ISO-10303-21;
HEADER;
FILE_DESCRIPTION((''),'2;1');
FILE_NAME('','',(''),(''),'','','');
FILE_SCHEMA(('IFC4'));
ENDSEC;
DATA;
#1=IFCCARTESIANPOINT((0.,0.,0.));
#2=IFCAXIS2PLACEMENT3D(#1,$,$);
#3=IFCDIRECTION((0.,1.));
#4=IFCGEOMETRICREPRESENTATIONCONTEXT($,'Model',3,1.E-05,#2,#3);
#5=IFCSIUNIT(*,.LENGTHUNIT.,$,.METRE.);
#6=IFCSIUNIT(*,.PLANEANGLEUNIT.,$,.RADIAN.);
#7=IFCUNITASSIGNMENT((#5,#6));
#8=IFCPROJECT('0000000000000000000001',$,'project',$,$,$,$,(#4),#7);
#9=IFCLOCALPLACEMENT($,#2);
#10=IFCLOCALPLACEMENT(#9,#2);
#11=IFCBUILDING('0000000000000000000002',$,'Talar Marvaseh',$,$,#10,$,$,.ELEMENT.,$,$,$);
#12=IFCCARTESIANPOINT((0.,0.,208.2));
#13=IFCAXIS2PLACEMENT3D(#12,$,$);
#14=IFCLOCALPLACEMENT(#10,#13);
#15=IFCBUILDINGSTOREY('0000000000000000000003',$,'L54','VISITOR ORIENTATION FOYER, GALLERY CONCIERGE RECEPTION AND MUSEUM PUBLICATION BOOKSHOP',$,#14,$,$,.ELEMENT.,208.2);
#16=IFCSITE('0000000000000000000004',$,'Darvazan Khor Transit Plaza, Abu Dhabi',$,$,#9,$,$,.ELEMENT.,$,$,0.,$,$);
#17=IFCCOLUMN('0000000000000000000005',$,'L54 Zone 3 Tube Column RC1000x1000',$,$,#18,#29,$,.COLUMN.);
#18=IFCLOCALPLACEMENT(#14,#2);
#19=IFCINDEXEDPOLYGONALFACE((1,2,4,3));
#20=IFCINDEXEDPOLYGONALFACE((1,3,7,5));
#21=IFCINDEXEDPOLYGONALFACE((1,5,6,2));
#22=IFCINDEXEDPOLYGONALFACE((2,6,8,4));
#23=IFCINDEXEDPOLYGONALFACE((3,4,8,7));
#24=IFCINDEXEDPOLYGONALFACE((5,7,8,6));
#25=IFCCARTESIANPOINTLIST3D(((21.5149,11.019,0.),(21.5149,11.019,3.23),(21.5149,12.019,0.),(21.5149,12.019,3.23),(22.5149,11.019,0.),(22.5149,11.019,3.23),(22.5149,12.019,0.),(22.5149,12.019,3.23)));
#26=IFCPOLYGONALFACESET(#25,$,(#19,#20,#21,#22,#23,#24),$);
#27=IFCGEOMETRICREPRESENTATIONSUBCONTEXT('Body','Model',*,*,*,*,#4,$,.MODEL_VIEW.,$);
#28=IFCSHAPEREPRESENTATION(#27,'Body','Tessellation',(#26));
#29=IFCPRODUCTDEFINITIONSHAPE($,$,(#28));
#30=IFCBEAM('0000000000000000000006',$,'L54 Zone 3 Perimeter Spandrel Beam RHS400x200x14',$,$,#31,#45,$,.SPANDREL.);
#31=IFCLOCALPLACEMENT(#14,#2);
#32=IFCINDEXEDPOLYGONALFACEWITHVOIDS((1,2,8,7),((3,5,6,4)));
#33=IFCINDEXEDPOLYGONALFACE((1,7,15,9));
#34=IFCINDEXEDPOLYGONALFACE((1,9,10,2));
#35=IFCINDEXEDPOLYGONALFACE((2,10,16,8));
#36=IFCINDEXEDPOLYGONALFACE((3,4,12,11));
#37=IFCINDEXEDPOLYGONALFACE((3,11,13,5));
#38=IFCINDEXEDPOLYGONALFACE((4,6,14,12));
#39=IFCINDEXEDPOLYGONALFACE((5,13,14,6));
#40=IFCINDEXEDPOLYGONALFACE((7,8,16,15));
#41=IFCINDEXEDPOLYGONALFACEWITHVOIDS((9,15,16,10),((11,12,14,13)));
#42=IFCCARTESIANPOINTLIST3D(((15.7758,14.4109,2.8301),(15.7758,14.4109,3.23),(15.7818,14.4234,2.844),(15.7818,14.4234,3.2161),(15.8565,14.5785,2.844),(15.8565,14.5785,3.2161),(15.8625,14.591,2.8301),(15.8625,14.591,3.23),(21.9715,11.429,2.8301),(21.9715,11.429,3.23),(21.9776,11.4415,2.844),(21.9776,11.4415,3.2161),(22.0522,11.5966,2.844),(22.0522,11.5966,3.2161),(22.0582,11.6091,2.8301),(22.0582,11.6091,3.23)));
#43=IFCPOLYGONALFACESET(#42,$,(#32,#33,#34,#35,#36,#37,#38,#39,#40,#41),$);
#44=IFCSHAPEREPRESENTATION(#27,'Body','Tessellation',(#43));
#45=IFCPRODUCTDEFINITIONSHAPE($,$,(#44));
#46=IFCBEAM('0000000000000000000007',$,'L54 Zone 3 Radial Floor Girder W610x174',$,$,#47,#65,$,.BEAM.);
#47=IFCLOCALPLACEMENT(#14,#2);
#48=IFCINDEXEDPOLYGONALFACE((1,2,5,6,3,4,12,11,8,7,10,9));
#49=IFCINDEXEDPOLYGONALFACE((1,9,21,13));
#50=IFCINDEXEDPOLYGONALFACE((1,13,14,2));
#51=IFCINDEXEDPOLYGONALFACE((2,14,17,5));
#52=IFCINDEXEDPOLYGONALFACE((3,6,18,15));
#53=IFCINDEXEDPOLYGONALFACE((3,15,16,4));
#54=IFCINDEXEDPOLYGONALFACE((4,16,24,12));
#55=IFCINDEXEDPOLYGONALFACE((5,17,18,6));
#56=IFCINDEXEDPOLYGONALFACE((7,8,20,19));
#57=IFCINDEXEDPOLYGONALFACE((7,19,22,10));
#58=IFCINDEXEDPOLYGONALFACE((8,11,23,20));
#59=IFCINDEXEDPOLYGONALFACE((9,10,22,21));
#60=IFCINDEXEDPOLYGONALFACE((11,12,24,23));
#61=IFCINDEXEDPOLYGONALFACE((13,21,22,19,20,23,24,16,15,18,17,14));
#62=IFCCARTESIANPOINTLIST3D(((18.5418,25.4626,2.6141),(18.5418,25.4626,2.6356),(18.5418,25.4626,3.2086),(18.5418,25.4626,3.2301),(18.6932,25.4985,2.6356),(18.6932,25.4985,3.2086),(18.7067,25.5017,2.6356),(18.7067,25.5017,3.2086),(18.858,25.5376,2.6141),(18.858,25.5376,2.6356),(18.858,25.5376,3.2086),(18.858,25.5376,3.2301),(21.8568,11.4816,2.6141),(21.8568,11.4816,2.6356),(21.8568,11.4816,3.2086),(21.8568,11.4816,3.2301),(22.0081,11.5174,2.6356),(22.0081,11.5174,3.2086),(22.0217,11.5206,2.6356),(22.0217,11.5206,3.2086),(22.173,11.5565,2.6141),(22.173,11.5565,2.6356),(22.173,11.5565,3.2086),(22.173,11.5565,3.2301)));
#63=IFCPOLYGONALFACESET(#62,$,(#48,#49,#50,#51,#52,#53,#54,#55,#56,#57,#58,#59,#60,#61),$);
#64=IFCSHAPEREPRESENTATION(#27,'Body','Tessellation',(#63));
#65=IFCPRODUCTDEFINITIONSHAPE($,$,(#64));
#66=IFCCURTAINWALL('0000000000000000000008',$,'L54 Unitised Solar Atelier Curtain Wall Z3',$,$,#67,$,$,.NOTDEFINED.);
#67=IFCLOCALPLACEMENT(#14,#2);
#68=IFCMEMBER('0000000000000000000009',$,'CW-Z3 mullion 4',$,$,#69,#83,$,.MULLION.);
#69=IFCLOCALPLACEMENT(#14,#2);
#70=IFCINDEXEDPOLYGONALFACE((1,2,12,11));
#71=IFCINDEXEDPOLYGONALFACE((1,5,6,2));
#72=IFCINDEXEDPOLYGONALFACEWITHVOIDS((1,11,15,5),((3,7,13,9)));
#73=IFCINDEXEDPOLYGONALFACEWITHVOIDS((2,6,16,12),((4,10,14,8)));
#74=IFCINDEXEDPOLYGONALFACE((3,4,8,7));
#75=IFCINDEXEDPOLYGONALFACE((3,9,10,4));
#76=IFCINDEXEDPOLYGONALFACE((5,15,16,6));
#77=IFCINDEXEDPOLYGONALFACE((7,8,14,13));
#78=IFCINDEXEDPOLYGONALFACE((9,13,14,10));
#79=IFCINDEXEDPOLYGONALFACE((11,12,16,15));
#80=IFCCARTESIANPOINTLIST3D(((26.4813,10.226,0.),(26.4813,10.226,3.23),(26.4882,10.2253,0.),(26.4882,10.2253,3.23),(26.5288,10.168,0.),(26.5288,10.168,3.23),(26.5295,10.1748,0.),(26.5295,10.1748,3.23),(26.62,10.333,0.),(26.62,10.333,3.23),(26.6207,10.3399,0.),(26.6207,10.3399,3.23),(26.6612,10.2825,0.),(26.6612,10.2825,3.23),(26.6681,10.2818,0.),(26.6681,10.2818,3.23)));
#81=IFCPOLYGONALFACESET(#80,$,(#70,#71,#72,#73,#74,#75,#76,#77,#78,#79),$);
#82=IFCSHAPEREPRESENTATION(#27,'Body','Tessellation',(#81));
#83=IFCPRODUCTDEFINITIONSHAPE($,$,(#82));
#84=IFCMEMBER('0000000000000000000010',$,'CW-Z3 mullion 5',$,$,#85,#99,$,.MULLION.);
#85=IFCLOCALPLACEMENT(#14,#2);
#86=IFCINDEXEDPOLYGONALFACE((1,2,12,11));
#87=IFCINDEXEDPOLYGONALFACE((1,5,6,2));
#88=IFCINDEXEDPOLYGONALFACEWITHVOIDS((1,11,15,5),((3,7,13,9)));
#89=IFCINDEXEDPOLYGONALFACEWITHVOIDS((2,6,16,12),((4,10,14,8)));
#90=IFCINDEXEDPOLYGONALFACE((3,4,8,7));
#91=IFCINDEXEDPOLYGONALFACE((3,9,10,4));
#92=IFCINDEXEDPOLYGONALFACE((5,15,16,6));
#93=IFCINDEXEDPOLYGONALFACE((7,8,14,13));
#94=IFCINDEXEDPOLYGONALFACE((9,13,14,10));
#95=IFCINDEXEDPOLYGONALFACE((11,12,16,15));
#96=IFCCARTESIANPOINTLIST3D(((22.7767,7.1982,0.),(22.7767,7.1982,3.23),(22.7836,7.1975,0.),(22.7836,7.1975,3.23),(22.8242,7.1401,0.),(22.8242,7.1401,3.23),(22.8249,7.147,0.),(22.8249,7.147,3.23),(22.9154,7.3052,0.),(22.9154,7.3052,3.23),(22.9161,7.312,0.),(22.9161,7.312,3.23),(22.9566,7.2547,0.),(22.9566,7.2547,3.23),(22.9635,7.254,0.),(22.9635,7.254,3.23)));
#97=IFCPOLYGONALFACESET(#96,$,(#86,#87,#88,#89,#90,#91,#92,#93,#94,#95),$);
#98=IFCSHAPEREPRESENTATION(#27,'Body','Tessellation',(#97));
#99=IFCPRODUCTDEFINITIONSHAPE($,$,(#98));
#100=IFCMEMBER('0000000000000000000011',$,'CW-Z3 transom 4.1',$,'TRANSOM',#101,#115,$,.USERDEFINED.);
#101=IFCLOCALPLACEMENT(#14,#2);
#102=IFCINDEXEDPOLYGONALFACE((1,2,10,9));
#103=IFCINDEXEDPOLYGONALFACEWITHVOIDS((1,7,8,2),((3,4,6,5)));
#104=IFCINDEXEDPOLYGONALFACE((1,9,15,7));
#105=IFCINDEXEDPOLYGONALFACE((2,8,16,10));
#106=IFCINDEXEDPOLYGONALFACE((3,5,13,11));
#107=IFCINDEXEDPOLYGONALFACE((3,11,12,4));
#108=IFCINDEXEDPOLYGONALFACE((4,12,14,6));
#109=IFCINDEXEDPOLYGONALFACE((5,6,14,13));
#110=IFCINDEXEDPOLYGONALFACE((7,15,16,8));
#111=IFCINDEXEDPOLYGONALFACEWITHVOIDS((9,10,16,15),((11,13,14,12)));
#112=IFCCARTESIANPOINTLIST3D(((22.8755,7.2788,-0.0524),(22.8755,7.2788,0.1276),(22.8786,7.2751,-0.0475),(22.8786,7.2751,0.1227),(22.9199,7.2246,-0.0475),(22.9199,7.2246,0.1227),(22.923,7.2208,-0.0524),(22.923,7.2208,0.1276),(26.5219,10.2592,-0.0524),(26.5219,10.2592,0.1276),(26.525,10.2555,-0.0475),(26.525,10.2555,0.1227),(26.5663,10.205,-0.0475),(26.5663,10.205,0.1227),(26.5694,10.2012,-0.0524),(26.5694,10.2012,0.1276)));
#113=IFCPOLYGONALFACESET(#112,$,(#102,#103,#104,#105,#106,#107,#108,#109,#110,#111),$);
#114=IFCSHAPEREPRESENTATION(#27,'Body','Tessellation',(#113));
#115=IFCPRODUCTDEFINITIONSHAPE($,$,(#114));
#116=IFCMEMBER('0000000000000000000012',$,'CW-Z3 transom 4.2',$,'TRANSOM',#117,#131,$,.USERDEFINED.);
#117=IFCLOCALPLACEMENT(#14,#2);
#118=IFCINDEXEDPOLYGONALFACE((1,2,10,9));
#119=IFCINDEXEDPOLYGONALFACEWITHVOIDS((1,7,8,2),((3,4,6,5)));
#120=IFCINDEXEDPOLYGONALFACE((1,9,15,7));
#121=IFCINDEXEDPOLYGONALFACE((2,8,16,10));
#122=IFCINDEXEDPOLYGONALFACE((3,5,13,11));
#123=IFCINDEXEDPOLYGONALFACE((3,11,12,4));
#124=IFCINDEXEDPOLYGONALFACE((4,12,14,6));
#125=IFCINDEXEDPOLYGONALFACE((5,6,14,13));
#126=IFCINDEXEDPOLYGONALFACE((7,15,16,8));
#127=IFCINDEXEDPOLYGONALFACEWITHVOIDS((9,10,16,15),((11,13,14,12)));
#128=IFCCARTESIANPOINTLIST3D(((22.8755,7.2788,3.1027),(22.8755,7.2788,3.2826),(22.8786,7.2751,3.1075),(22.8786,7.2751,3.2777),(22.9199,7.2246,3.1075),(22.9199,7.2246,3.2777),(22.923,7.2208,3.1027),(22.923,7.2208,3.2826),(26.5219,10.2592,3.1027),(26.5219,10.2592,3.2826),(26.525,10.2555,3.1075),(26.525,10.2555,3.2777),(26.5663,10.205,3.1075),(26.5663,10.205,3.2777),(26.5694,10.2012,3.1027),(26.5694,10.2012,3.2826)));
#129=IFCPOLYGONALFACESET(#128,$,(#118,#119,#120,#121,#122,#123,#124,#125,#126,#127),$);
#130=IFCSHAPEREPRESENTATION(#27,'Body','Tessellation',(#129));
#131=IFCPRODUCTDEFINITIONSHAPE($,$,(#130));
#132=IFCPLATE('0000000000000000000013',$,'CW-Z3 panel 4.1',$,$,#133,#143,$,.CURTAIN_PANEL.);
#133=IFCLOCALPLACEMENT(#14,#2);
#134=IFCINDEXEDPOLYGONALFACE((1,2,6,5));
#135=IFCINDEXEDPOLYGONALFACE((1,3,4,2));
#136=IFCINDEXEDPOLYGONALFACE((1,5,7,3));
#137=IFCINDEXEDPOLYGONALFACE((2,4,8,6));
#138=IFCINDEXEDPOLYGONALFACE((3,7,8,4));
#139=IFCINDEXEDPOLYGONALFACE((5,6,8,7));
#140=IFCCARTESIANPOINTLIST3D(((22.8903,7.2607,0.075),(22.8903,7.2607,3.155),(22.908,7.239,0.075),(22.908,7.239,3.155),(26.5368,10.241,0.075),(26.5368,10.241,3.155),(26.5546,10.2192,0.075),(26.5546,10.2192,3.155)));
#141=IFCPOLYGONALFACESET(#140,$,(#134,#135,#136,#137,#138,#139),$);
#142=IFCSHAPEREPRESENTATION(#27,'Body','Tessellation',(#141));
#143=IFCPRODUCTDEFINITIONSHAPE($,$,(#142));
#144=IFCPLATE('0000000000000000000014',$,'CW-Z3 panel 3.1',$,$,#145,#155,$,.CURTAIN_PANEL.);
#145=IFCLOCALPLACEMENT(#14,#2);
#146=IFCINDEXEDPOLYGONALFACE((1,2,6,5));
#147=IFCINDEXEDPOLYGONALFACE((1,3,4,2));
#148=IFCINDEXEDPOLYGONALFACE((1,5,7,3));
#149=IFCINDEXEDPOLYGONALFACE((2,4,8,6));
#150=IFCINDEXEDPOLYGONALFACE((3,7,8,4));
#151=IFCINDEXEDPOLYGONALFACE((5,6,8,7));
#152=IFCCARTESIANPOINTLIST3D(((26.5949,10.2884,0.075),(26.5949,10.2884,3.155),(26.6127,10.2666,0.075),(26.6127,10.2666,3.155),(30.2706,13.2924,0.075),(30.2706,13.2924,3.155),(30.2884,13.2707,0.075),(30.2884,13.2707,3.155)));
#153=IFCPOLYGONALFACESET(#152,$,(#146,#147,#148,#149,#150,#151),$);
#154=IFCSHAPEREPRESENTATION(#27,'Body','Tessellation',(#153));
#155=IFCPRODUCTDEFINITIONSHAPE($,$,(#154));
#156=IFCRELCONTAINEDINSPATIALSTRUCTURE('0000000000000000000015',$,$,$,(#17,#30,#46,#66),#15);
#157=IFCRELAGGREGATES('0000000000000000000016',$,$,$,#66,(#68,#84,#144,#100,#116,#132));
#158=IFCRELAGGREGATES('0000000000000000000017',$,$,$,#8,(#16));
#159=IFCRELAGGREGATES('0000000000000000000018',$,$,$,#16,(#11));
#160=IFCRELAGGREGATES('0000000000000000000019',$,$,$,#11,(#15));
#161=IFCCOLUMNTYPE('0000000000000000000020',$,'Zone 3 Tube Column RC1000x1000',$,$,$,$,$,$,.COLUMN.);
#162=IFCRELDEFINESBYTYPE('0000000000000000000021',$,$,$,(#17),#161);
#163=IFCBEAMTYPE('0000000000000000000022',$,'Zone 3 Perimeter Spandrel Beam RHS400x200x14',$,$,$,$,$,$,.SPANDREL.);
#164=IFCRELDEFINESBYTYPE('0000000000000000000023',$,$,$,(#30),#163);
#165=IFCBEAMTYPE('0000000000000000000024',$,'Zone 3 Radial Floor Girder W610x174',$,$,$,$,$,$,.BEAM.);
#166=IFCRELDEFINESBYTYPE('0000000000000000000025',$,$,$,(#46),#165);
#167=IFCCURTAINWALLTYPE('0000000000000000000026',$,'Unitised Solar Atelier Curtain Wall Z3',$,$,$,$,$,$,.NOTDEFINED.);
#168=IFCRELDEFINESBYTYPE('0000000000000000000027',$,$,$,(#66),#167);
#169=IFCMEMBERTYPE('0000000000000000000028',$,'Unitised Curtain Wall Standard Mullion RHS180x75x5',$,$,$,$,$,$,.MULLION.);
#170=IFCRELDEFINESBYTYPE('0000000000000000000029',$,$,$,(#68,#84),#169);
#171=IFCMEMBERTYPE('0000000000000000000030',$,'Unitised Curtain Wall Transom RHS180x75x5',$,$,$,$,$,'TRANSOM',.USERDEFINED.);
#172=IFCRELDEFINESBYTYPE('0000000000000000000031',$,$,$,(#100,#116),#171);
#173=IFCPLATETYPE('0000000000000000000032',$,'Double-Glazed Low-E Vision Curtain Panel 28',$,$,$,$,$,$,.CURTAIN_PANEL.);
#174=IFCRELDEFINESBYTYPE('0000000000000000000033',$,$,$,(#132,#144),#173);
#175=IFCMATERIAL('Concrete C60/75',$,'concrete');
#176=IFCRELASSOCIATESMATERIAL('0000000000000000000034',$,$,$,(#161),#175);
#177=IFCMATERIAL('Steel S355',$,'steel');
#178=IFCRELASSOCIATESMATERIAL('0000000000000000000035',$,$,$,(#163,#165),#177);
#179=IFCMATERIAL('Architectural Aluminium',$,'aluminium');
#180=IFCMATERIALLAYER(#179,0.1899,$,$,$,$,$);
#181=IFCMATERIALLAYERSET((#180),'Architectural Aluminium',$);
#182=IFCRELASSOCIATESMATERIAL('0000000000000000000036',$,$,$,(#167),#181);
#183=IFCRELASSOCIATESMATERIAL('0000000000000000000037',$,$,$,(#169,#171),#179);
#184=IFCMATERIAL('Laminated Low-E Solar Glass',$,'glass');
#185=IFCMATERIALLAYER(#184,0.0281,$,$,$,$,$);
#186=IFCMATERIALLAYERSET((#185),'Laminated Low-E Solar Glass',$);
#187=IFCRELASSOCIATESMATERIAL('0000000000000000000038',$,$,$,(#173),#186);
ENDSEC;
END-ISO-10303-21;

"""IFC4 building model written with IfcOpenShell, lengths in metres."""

from ifc_helpers import new_model, si_unit, direction, frame, origin, origin_2d, place, context, subcontext, project, spatial, rectangle, hollow_rectangle, i_section, extrude, source, transform, mapped, material, layer, layer_set, material_profile, profile_set, type_object, type_shapes, element, aggregate, save


model = new_model("IFC4")

# Units and contexts
model_context = context("Model", 3, precision=1e-05, world=origin(), true_north=direction((0.0, 1.0)))
body_context = subcontext(model_context, "Body", "Model", "MODEL_VIEW")
ifc_project = project(units=[si_unit("LENGTHUNIT", "METRE"), si_unit("PLANEANGLEUNIT", "RADIAN")], contexts=[model_context])

# Site, building, storey
site_placement = place(None, origin())
site = spatial("IfcSite", under=ifc_project, at=site_placement, Name="Darvazan Khor Transit Plaza, Abu Dhabi", CompositionType="ELEMENT", RefElevation=0.0)
building_placement = place(site_placement, origin())
building = spatial("IfcBuilding", under=site, at=building_placement, Name="Talar Marvaseh", CompositionType="ELEMENT")
storey_placement = place(building_placement, frame((0.0, 0.0, 208.2)))
storey = spatial("IfcBuildingStorey", under=building, at=storey_placement, Name="L54", Description="VISITOR ORIENTATION FOYER, GALLERY CONCIERGE RECEPTION AND MUSEUM PUBLICATION BOOKSHOP", CompositionType="ELEMENT", Elevation=208.2)

# Column
ifc_material_1 = material(Name="Concrete C60/75", Category="concrete")
ifc_material_profile_1 = material_profile(ifc_material_1, rectangle(XDim=1.0, YDim=1.0, at=origin_2d()), Name="RC1000x1000")
ifc_profile_set_1 = profile_set([ifc_material_profile_1], Name="Concrete C60/75")
column_type = type_object("IfcColumnType", Name="Zone 3 Tube Column RC1000x1000", PredefinedType="COLUMN", material=ifc_profile_set_1)
column_placement = place(storey_placement, frame((22.0149, 11.519, 0.0), z_axis=(0.0, 0.0, 1.0), x_axis=(1.0, 0.0, 0.0)))
element("IfcColumn", 1, at=column_placement, inside=storey, type_object=column_type, Name="L54 Zone 3 Tube Column RC1000x1000", PredefinedType="COLUMN", context=body_context, shape_type="SweptSolid", body=[
    extrude(rectangle(XDim=1.0, YDim=1.0, at=origin_2d()), origin(), (0.0, 0.0, 1.0), 3.23),
])

# Beams
ifc_material_2 = material(Name="Steel S355", Category="steel")
ifc_material_profile_2 = material_profile(ifc_material_2, hollow_rectangle(XDim=0.2, YDim=0.3999, WallThickness=0.0139, at=origin_2d()), Name="RHS400x200x14")
ifc_profile_set_2 = profile_set([ifc_material_profile_2], Name="Steel S355")
beam_type_1 = type_object("IfcBeamType", Name="Zone 3 Perimeter Spandrel Beam RHS400x200x14", PredefinedType="SPANDREL", material=ifc_profile_set_2)
beam_1_placement = place(storey_placement, frame((22.0149, 11.519, 3.03), z_axis=(-0.901072, 0.43367, 0.0), x_axis=(-0.43367, -0.901072, 0.0)))
element("IfcBeam", 2, at=beam_1_placement, inside=storey, type_object=beam_type_1, Name="L54 Zone 3 Perimeter Spandrel Beam RHS400x200x14", PredefinedType="SPANDREL", context=body_context, shape_type="SweptSolid", body=[
    extrude(hollow_rectangle(XDim=0.2, YDim=0.3999, WallThickness=0.0139, at=origin_2d()), origin(), (0.0, 0.0, 1.0), 6.876),
])
ifc_material_profile_3 = material_profile(ifc_material_2, i_section(OverallWidth=0.325, OverallDepth=0.616, WebThickness=0.0139, FlangeThickness=0.0215, at=origin_2d()), Name="W610x174")
ifc_profile_set_3 = profile_set([ifc_material_profile_3], Name="Steel S355")
beam_type_2 = type_object("IfcBeamType", Name="Zone 3 Radial Floor Girder W610x174", PredefinedType="BEAM", material=ifc_profile_set_3)
beam_2_placement = place(storey_placement, frame((22.0149, 11.519, 2.9221), z_axis=(-0.230708, 0.973023, 0.0), x_axis=(-0.973023, -0.230708, 0.0)))
element("IfcBeam", 3, at=beam_2_placement, inside=storey, type_object=beam_type_2, Name="L54 Zone 3 Radial Floor Girder W610x174", PredefinedType="BEAM", context=body_context, shape_type="SweptSolid", body=[
    extrude(i_section(OverallWidth=0.325, OverallDepth=0.616, WebThickness=0.0139, FlangeThickness=0.0215, at=origin_2d()), origin(), (0.0, 0.0, 1.0), 14.3687),
])

# Curtain wall, members, plates
ifc_material_3 = material(Name="Architectural Aluminium", Category="aluminium")
ifc_layer_1 = layer(ifc_material_3, 0.1899)
ifc_layer_set_1 = layer_set([ifc_layer_1], Name="Architectural Aluminium")
curtain_wall_type = type_object("IfcCurtainWallType", Name="Unitised Solar Atelier Curtain Wall Z3", PredefinedType="NOTDEFINED", material=ifc_layer_set_1)
curtain_wall_placement = place(storey_placement, origin())
curtain_wall = element("IfcCurtainWall", 4, at=curtain_wall_placement, inside=storey, type_object=curtain_wall_type, Name="L54 Unitised Solar Atelier Curtain Wall Z3", PredefinedType="NOTDEFINED")
ifc_material_profile_4 = material_profile(ifc_material_3, hollow_rectangle(XDim=0.075, YDim=0.1799, WallThickness=0.0049, at=origin_2d()), Name="RHS180x75x5")
ifc_profile_set_4 = profile_set([ifc_material_profile_4], Name="Architectural Aluminium")
member_type_1 = type_object("IfcMemberType", Name="Unitised Curtain Wall Standard Mullion RHS180x75x5", PredefinedType="MULLION", material=ifc_profile_set_4)
shared_shape_1 = source(origin(), body_context, "Body", "SweptSolid", [
    extrude(hollow_rectangle(XDim=0.075, YDim=0.1799, WallThickness=0.0049, at=origin_2d()), origin(), (0.0, 0.0, 1.0), 3.23),
])
type_shapes(member_type_1, [shared_shape_1])
member_1_placement = place(storey_placement, frame((26.5747, 10.2539, 0.0), z_axis=(0.0, 0.0, 1.0), x_axis=(0.632822, -0.774297, 0.0)))
member_1 = element("IfcMember", 5, at=member_1_placement, type_object=member_type_1, Name="CW-Z3 mullion 4", PredefinedType="MULLION", context=body_context, shape_type="MappedRepresentation", body=[
    mapped(shared_shape_1, transform((0.0, 0.0, 0.0), x_axis=(1.0, 0.0, 0.0), y_axis=(0.0, 1.0, 0.0), z_axis=(0.0, 0.0, 1.0), scale=1.0)),
])
member_2_placement = place(storey_placement, frame((22.8701, 7.2261, 0.0), z_axis=(0.0, 0.0, 1.0), x_axis=(0.632822, -0.774297, 0.0)))
member_2 = element("IfcMember", 6, at=member_2_placement, type_object=member_type_1, Name="CW-Z3 mullion 5", PredefinedType="MULLION", context=body_context, shape_type="MappedRepresentation", body=[
    mapped(shared_shape_1, transform((0.0, 0.0, 0.0), x_axis=(1.0, 0.0, 0.0), y_axis=(0.0, 1.0, 0.0), z_axis=(0.0, 0.0, 1.0), scale=1.0)),
])
ifc_material_profile_5 = material_profile(ifc_material_3, hollow_rectangle(XDim=0.075, YDim=0.1799, WallThickness=0.0049, at=origin_2d()), Name="RHS180x75x5")
ifc_profile_set_5 = profile_set([ifc_material_profile_5], Name="Architectural Aluminium")
member_type_2 = type_object("IfcMemberType", Name="Unitised Curtain Wall Transom RHS180x75x5", ElementType="TRANSOM", PredefinedType="USERDEFINED", material=ifc_profile_set_5)
shared_shape_2 = source(origin(), body_context, "Body", "SweptSolid", [
    extrude(hollow_rectangle(XDim=0.075, YDim=0.1799, WallThickness=0.0049, at=origin_2d()), origin(), (0.0, 0.0, 1.0), 4.7095),
])
type_shapes(member_type_2, [shared_shape_2])
member_3_placement = place(storey_placement, frame((26.5457, 10.2302, 0.0376), z_axis=(-0.774271, -0.632854, 0.0), x_axis=(0.632854, -0.774271, 0.0)))
member_3 = element("IfcMember", 7, at=member_3_placement, type_object=member_type_2, Name="CW-Z3 transom 4.1", ObjectType="TRANSOM", PredefinedType="USERDEFINED", context=body_context, shape_type="MappedRepresentation", body=[
    mapped(shared_shape_2, transform((0.0, 0.0, 0.0), x_axis=(1.0, 0.0, 0.0), y_axis=(0.0, 1.0, 0.0), z_axis=(0.0, 0.0, 1.0), scale=1.0)),
])
member_4_placement = place(storey_placement, frame((26.5457, 10.2302, 3.1926), z_axis=(-0.774271, -0.632854, 0.0), x_axis=(0.632854, -0.774271, 0.0)))
member_4 = element("IfcMember", 8, at=member_4_placement, type_object=member_type_2, Name="CW-Z3 transom 4.2", ObjectType="TRANSOM", PredefinedType="USERDEFINED", context=body_context, shape_type="MappedRepresentation", body=[
    mapped(shared_shape_2, transform((0.0, 0.0, 0.0), x_axis=(1.0, 0.0, 0.0), y_axis=(0.0, 1.0, 0.0), z_axis=(0.0, 0.0, 1.0), scale=1.0)),
])
ifc_material_4 = material(Name="Laminated Low-E Solar Glass", Category="glass")
ifc_layer_2 = layer(ifc_material_4, 0.0281)
ifc_layer_set_2 = layer_set([ifc_layer_2], Name="Laminated Low-E Solar Glass")
plate_type = type_object("IfcPlateType", Name="Double-Glazed Low-E Vision Curtain Panel 28", PredefinedType="CURTAIN_PANEL", material=ifc_layer_set_2)
shared_shape_3 = source(origin(), body_context, "Body", "SweptSolid", [
    extrude(rectangle(XDim=4.7095, YDim=0.0281, at=origin_2d()), origin(), (0.0, 0.0, 1.0), 3.0801),
])
plate_1_placement = place(storey_placement, frame((24.7224, 8.74, 0.075), z_axis=(0.0, 0.0, 1.0), x_axis=(-0.774297, -0.632822, 0.0)))
plate_1 = element("IfcPlate", 9, at=plate_1_placement, type_object=plate_type, Name="CW-Z3 panel 4.1", PredefinedType="CURTAIN_PANEL", context=body_context, shape_type="MappedRepresentation", body=[
    mapped(shared_shape_3, transform((0.0, 0.0, 0.0), x_axis=(1.0, 0.0, 0.0), y_axis=(0.0, 1.0, 0.0), z_axis=(0.0, 0.0, 1.0), scale=1.0)),
])
shared_shape_4 = source(origin(), body_context, "Body", "SweptSolid", [
    extrude(rectangle(XDim=4.7471, YDim=0.0281, at=origin_2d()), origin(), (0.0, 0.0, 1.0), 3.0801),
])
type_shapes(plate_type, [shared_shape_3, shared_shape_4])
plate_2_placement = place(storey_placement, frame((28.4417, 11.7795, 0.075), z_axis=(0.0, 0.0, 1.0), x_axis=(-0.774297, -0.632822, 0.0)))
plate_2 = element("IfcPlate", 10, at=plate_2_placement, type_object=plate_type, Name="CW-Z3 panel 3.1", PredefinedType="CURTAIN_PANEL", context=body_context, shape_type="MappedRepresentation", body=[
    mapped(shared_shape_4, transform((0.0, 0.0, 0.0), x_axis=(1.0, 0.0, 0.0), y_axis=(0.0, 1.0, 0.0), z_axis=(0.0, 0.0, 1.0), scale=1.0)),
])
aggregate(curtain_wall, [member_1, member_2, plate_2, member_3, member_4, plate_1])

save(model, "model.ifc")
